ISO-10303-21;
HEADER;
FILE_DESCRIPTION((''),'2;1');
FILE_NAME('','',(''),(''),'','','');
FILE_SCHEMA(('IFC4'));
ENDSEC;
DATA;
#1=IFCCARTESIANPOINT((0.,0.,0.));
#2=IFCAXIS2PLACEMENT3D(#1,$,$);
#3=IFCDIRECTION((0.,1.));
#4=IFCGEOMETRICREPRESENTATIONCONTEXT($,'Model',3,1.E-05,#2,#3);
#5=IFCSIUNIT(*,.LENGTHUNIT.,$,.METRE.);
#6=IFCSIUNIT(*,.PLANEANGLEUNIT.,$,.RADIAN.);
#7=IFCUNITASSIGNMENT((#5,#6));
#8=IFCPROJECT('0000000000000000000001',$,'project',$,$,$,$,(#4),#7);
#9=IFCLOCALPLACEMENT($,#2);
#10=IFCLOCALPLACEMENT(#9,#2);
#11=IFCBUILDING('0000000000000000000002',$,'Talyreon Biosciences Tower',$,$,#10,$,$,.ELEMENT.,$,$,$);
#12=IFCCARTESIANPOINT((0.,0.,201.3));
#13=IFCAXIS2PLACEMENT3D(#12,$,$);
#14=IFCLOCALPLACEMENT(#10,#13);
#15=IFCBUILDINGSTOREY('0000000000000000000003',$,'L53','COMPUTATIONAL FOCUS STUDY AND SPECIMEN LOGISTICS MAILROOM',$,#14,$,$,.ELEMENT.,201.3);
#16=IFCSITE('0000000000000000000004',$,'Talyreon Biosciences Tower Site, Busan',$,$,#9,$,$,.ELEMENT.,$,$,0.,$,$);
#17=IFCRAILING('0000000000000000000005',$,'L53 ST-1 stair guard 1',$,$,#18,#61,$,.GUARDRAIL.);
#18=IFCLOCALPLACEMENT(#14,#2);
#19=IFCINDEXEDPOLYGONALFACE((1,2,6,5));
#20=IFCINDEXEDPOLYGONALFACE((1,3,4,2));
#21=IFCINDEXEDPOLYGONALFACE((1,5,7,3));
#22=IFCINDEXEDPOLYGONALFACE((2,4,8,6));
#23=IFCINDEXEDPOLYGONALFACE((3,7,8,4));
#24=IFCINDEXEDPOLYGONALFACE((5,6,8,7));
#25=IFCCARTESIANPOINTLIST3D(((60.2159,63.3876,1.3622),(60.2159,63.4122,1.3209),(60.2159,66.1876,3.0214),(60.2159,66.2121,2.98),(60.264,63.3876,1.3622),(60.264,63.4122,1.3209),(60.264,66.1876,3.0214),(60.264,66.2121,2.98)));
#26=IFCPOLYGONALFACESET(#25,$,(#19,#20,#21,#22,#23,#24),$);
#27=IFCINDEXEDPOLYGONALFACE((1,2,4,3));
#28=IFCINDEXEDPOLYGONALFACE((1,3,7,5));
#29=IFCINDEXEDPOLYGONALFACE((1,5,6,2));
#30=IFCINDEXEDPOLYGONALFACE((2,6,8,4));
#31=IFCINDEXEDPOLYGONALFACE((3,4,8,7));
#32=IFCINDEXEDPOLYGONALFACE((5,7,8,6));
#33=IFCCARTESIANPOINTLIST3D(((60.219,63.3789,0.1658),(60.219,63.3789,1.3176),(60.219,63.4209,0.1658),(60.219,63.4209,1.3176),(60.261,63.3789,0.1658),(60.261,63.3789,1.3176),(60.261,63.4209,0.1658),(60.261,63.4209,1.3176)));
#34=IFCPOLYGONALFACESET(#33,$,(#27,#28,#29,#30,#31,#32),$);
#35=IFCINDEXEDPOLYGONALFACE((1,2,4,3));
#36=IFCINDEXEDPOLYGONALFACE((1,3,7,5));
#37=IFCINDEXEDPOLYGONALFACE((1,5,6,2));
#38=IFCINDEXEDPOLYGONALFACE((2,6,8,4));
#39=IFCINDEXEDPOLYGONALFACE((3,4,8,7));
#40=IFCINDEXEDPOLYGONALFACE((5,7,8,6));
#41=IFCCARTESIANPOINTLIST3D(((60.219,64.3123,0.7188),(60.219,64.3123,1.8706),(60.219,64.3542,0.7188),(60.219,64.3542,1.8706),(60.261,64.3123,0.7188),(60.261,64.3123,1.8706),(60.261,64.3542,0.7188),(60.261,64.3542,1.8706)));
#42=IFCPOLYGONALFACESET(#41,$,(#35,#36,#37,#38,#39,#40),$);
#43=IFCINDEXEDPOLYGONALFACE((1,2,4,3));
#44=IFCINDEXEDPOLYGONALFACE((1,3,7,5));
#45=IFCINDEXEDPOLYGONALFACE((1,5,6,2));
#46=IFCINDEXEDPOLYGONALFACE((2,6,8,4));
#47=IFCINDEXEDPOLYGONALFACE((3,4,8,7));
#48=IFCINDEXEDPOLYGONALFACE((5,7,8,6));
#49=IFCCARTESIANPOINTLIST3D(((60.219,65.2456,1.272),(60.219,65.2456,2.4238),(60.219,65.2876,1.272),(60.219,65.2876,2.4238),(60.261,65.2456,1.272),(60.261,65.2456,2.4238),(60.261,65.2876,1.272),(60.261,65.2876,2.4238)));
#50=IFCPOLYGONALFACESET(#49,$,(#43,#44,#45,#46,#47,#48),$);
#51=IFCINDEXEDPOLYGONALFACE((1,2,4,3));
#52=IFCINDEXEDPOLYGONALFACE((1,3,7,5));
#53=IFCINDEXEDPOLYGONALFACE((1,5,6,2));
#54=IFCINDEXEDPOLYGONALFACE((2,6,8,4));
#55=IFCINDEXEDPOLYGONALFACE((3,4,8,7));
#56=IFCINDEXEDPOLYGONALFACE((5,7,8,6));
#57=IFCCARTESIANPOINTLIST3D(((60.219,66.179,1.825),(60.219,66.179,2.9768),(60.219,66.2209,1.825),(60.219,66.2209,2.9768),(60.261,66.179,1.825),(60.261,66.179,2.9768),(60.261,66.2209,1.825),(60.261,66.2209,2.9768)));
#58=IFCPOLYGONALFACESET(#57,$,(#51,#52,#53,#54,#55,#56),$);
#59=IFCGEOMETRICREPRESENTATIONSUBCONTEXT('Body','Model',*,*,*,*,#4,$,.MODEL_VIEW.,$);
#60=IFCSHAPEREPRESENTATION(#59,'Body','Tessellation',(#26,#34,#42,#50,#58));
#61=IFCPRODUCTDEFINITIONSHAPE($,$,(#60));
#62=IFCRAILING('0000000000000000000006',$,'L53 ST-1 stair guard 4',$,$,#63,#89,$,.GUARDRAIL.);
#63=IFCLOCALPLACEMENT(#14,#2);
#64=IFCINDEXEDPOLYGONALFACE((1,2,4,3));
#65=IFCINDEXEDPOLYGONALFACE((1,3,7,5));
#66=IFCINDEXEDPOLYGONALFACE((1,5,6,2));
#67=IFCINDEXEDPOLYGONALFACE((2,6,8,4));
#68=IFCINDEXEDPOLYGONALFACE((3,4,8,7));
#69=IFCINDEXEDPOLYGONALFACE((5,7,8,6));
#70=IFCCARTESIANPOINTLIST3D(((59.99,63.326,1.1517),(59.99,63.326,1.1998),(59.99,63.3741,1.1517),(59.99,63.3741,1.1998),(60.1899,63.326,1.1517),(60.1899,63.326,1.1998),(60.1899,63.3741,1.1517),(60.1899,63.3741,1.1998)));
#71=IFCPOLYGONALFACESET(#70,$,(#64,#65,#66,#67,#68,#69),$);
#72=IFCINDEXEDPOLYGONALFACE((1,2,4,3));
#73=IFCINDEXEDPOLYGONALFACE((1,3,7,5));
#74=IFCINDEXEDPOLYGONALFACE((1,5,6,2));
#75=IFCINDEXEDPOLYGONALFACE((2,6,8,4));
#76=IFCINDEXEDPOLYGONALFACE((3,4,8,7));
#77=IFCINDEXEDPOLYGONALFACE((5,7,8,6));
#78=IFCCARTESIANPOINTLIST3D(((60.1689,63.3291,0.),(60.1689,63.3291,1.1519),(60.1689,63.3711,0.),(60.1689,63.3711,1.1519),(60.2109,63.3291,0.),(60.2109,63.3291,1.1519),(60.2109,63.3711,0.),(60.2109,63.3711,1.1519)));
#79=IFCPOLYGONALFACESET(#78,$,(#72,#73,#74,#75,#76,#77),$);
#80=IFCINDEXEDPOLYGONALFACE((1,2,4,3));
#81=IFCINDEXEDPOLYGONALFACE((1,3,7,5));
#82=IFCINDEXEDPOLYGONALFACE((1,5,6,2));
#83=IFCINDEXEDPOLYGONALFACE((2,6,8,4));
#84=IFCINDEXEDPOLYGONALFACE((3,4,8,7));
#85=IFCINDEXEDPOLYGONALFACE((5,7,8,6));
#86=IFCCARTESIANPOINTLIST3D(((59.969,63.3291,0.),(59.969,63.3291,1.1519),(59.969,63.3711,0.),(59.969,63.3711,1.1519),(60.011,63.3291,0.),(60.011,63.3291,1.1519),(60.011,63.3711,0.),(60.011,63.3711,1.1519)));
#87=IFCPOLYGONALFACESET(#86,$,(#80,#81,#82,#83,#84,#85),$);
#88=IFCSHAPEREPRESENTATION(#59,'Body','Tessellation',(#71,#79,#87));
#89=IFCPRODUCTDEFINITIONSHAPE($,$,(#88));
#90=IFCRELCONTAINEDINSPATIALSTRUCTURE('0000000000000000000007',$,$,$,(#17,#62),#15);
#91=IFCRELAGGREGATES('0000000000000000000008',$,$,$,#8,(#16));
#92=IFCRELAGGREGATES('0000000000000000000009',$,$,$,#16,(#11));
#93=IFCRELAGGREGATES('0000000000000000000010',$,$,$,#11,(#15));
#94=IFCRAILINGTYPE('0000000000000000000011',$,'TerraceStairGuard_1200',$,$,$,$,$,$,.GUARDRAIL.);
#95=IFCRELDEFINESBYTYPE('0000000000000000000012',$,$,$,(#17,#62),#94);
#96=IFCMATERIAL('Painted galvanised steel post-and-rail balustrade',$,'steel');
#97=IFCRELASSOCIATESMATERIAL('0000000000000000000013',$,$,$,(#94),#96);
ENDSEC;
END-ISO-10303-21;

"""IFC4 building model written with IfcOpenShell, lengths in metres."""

from ifc_helpers import new_model, si_unit, direction, frame, origin, origin_2d, place, context, subcontext, project, spatial, rectangle, extrude, material, type_object, element, save


model = new_model("IFC4")

# Units and contexts
model_context = context("Model", 3, precision=1e-05, world=origin(), true_north=direction((0.0, 1.0)))
body_context = subcontext(model_context, "Body", "Model", "MODEL_VIEW")
ifc_project = project(units=[si_unit("LENGTHUNIT", "METRE"), si_unit("PLANEANGLEUNIT", "RADIAN")], contexts=[model_context])

# Site, building, storey
site_placement = place(None, origin())
site = spatial("IfcSite", under=ifc_project, at=site_placement, Name="Talyreon Biosciences Tower Site, Busan", CompositionType="ELEMENT", RefElevation=0.0)
building_placement = place(site_placement, origin())
building = spatial("IfcBuilding", under=site, at=building_placement, Name="Talyreon Biosciences Tower", CompositionType="ELEMENT")
storey_placement = place(building_placement, frame((0.0, 0.0, 201.3)))
storey = spatial("IfcBuildingStorey", under=building, at=storey_placement, Name="L53", Description="COMPUTATIONAL FOCUS STUDY AND SPECIMEN LOGISTICS MAILROOM", CompositionType="ELEMENT", Elevation=201.3)

# Railings
ifc_material_1 = material(Name="Painted galvanised steel post-and-rail balustrade", Category="steel")
railing_type_1 = type_object("IfcRailingType", Name="TerraceStairGuard_1200", PredefinedType="GUARDRAIL", material=ifc_material_1)
railing_1_placement = place(storey_placement, frame((60.24, 63.3999, 0.1658)))
element("IfcRailing", 1, at=railing_1_placement, inside=storey, type_object=railing_type_1, Name="L53 ST-1 stair guard 1", PredefinedType="GUARDRAIL", context=body_context, shape_type="SweptSolid", body=[
    extrude(rectangle(XDim=0.0481, YDim=0.0481, at=origin_2d()), frame((0.0, 0.0, 1.1758), z_axis=(0.0, 0.860306, 0.509778), x_axis=(-1.0, 0.0, 0.0)), (0.0, 0.0, 1.0), 3.2546),
    extrude(rectangle(XDim=0.042, YDim=0.042, at=origin_2d()), origin(), (0.0, 0.0, 1.0), 1.1519),
    extrude(rectangle(XDim=0.042, YDim=0.042, at=origin_2d()), frame((0.0, 0.9333, 0.553)), (0.0, 0.0, 1.0), 1.1519),
    extrude(rectangle(XDim=0.042, YDim=0.042, at=origin_2d()), frame((0.0, 1.8667, 1.1062)), (0.0, 0.0, 1.0), 1.1519),
    extrude(rectangle(XDim=0.042, YDim=0.042, at=origin_2d()), frame((0.0, 2.8, 1.6592)), (0.0, 0.0, 1.0), 1.1519),
])
railing_2_placement = place(storey_placement, frame((60.1899, 63.3501, 0.0)))
element("IfcRailing", 2, at=railing_2_placement, inside=storey, type_object=railing_type_1, Name="L53 ST-1 stair guard 4", PredefinedType="GUARDRAIL", context=body_context, shape_type="SweptSolid", body=[
    extrude(rectangle(XDim=0.0481, YDim=0.0481, at=origin_2d()), frame((0.0, 0.0, 1.1758), z_axis=(-1.0, 0.0, 0.0), x_axis=(0.0, -1.0, 0.0)), (0.0, 0.0, 1.0), 0.2),
    extrude(rectangle(XDim=0.042, YDim=0.042, at=origin_2d()), origin(), (0.0, 0.0, 1.0), 1.1519),
    extrude(rectangle(XDim=0.042, YDim=0.042, at=origin_2d()), frame((-0.2, 0.0, 0.0)), (0.0, 0.0, 1.0), 1.1519),
])

save(model, "model.ifc")
